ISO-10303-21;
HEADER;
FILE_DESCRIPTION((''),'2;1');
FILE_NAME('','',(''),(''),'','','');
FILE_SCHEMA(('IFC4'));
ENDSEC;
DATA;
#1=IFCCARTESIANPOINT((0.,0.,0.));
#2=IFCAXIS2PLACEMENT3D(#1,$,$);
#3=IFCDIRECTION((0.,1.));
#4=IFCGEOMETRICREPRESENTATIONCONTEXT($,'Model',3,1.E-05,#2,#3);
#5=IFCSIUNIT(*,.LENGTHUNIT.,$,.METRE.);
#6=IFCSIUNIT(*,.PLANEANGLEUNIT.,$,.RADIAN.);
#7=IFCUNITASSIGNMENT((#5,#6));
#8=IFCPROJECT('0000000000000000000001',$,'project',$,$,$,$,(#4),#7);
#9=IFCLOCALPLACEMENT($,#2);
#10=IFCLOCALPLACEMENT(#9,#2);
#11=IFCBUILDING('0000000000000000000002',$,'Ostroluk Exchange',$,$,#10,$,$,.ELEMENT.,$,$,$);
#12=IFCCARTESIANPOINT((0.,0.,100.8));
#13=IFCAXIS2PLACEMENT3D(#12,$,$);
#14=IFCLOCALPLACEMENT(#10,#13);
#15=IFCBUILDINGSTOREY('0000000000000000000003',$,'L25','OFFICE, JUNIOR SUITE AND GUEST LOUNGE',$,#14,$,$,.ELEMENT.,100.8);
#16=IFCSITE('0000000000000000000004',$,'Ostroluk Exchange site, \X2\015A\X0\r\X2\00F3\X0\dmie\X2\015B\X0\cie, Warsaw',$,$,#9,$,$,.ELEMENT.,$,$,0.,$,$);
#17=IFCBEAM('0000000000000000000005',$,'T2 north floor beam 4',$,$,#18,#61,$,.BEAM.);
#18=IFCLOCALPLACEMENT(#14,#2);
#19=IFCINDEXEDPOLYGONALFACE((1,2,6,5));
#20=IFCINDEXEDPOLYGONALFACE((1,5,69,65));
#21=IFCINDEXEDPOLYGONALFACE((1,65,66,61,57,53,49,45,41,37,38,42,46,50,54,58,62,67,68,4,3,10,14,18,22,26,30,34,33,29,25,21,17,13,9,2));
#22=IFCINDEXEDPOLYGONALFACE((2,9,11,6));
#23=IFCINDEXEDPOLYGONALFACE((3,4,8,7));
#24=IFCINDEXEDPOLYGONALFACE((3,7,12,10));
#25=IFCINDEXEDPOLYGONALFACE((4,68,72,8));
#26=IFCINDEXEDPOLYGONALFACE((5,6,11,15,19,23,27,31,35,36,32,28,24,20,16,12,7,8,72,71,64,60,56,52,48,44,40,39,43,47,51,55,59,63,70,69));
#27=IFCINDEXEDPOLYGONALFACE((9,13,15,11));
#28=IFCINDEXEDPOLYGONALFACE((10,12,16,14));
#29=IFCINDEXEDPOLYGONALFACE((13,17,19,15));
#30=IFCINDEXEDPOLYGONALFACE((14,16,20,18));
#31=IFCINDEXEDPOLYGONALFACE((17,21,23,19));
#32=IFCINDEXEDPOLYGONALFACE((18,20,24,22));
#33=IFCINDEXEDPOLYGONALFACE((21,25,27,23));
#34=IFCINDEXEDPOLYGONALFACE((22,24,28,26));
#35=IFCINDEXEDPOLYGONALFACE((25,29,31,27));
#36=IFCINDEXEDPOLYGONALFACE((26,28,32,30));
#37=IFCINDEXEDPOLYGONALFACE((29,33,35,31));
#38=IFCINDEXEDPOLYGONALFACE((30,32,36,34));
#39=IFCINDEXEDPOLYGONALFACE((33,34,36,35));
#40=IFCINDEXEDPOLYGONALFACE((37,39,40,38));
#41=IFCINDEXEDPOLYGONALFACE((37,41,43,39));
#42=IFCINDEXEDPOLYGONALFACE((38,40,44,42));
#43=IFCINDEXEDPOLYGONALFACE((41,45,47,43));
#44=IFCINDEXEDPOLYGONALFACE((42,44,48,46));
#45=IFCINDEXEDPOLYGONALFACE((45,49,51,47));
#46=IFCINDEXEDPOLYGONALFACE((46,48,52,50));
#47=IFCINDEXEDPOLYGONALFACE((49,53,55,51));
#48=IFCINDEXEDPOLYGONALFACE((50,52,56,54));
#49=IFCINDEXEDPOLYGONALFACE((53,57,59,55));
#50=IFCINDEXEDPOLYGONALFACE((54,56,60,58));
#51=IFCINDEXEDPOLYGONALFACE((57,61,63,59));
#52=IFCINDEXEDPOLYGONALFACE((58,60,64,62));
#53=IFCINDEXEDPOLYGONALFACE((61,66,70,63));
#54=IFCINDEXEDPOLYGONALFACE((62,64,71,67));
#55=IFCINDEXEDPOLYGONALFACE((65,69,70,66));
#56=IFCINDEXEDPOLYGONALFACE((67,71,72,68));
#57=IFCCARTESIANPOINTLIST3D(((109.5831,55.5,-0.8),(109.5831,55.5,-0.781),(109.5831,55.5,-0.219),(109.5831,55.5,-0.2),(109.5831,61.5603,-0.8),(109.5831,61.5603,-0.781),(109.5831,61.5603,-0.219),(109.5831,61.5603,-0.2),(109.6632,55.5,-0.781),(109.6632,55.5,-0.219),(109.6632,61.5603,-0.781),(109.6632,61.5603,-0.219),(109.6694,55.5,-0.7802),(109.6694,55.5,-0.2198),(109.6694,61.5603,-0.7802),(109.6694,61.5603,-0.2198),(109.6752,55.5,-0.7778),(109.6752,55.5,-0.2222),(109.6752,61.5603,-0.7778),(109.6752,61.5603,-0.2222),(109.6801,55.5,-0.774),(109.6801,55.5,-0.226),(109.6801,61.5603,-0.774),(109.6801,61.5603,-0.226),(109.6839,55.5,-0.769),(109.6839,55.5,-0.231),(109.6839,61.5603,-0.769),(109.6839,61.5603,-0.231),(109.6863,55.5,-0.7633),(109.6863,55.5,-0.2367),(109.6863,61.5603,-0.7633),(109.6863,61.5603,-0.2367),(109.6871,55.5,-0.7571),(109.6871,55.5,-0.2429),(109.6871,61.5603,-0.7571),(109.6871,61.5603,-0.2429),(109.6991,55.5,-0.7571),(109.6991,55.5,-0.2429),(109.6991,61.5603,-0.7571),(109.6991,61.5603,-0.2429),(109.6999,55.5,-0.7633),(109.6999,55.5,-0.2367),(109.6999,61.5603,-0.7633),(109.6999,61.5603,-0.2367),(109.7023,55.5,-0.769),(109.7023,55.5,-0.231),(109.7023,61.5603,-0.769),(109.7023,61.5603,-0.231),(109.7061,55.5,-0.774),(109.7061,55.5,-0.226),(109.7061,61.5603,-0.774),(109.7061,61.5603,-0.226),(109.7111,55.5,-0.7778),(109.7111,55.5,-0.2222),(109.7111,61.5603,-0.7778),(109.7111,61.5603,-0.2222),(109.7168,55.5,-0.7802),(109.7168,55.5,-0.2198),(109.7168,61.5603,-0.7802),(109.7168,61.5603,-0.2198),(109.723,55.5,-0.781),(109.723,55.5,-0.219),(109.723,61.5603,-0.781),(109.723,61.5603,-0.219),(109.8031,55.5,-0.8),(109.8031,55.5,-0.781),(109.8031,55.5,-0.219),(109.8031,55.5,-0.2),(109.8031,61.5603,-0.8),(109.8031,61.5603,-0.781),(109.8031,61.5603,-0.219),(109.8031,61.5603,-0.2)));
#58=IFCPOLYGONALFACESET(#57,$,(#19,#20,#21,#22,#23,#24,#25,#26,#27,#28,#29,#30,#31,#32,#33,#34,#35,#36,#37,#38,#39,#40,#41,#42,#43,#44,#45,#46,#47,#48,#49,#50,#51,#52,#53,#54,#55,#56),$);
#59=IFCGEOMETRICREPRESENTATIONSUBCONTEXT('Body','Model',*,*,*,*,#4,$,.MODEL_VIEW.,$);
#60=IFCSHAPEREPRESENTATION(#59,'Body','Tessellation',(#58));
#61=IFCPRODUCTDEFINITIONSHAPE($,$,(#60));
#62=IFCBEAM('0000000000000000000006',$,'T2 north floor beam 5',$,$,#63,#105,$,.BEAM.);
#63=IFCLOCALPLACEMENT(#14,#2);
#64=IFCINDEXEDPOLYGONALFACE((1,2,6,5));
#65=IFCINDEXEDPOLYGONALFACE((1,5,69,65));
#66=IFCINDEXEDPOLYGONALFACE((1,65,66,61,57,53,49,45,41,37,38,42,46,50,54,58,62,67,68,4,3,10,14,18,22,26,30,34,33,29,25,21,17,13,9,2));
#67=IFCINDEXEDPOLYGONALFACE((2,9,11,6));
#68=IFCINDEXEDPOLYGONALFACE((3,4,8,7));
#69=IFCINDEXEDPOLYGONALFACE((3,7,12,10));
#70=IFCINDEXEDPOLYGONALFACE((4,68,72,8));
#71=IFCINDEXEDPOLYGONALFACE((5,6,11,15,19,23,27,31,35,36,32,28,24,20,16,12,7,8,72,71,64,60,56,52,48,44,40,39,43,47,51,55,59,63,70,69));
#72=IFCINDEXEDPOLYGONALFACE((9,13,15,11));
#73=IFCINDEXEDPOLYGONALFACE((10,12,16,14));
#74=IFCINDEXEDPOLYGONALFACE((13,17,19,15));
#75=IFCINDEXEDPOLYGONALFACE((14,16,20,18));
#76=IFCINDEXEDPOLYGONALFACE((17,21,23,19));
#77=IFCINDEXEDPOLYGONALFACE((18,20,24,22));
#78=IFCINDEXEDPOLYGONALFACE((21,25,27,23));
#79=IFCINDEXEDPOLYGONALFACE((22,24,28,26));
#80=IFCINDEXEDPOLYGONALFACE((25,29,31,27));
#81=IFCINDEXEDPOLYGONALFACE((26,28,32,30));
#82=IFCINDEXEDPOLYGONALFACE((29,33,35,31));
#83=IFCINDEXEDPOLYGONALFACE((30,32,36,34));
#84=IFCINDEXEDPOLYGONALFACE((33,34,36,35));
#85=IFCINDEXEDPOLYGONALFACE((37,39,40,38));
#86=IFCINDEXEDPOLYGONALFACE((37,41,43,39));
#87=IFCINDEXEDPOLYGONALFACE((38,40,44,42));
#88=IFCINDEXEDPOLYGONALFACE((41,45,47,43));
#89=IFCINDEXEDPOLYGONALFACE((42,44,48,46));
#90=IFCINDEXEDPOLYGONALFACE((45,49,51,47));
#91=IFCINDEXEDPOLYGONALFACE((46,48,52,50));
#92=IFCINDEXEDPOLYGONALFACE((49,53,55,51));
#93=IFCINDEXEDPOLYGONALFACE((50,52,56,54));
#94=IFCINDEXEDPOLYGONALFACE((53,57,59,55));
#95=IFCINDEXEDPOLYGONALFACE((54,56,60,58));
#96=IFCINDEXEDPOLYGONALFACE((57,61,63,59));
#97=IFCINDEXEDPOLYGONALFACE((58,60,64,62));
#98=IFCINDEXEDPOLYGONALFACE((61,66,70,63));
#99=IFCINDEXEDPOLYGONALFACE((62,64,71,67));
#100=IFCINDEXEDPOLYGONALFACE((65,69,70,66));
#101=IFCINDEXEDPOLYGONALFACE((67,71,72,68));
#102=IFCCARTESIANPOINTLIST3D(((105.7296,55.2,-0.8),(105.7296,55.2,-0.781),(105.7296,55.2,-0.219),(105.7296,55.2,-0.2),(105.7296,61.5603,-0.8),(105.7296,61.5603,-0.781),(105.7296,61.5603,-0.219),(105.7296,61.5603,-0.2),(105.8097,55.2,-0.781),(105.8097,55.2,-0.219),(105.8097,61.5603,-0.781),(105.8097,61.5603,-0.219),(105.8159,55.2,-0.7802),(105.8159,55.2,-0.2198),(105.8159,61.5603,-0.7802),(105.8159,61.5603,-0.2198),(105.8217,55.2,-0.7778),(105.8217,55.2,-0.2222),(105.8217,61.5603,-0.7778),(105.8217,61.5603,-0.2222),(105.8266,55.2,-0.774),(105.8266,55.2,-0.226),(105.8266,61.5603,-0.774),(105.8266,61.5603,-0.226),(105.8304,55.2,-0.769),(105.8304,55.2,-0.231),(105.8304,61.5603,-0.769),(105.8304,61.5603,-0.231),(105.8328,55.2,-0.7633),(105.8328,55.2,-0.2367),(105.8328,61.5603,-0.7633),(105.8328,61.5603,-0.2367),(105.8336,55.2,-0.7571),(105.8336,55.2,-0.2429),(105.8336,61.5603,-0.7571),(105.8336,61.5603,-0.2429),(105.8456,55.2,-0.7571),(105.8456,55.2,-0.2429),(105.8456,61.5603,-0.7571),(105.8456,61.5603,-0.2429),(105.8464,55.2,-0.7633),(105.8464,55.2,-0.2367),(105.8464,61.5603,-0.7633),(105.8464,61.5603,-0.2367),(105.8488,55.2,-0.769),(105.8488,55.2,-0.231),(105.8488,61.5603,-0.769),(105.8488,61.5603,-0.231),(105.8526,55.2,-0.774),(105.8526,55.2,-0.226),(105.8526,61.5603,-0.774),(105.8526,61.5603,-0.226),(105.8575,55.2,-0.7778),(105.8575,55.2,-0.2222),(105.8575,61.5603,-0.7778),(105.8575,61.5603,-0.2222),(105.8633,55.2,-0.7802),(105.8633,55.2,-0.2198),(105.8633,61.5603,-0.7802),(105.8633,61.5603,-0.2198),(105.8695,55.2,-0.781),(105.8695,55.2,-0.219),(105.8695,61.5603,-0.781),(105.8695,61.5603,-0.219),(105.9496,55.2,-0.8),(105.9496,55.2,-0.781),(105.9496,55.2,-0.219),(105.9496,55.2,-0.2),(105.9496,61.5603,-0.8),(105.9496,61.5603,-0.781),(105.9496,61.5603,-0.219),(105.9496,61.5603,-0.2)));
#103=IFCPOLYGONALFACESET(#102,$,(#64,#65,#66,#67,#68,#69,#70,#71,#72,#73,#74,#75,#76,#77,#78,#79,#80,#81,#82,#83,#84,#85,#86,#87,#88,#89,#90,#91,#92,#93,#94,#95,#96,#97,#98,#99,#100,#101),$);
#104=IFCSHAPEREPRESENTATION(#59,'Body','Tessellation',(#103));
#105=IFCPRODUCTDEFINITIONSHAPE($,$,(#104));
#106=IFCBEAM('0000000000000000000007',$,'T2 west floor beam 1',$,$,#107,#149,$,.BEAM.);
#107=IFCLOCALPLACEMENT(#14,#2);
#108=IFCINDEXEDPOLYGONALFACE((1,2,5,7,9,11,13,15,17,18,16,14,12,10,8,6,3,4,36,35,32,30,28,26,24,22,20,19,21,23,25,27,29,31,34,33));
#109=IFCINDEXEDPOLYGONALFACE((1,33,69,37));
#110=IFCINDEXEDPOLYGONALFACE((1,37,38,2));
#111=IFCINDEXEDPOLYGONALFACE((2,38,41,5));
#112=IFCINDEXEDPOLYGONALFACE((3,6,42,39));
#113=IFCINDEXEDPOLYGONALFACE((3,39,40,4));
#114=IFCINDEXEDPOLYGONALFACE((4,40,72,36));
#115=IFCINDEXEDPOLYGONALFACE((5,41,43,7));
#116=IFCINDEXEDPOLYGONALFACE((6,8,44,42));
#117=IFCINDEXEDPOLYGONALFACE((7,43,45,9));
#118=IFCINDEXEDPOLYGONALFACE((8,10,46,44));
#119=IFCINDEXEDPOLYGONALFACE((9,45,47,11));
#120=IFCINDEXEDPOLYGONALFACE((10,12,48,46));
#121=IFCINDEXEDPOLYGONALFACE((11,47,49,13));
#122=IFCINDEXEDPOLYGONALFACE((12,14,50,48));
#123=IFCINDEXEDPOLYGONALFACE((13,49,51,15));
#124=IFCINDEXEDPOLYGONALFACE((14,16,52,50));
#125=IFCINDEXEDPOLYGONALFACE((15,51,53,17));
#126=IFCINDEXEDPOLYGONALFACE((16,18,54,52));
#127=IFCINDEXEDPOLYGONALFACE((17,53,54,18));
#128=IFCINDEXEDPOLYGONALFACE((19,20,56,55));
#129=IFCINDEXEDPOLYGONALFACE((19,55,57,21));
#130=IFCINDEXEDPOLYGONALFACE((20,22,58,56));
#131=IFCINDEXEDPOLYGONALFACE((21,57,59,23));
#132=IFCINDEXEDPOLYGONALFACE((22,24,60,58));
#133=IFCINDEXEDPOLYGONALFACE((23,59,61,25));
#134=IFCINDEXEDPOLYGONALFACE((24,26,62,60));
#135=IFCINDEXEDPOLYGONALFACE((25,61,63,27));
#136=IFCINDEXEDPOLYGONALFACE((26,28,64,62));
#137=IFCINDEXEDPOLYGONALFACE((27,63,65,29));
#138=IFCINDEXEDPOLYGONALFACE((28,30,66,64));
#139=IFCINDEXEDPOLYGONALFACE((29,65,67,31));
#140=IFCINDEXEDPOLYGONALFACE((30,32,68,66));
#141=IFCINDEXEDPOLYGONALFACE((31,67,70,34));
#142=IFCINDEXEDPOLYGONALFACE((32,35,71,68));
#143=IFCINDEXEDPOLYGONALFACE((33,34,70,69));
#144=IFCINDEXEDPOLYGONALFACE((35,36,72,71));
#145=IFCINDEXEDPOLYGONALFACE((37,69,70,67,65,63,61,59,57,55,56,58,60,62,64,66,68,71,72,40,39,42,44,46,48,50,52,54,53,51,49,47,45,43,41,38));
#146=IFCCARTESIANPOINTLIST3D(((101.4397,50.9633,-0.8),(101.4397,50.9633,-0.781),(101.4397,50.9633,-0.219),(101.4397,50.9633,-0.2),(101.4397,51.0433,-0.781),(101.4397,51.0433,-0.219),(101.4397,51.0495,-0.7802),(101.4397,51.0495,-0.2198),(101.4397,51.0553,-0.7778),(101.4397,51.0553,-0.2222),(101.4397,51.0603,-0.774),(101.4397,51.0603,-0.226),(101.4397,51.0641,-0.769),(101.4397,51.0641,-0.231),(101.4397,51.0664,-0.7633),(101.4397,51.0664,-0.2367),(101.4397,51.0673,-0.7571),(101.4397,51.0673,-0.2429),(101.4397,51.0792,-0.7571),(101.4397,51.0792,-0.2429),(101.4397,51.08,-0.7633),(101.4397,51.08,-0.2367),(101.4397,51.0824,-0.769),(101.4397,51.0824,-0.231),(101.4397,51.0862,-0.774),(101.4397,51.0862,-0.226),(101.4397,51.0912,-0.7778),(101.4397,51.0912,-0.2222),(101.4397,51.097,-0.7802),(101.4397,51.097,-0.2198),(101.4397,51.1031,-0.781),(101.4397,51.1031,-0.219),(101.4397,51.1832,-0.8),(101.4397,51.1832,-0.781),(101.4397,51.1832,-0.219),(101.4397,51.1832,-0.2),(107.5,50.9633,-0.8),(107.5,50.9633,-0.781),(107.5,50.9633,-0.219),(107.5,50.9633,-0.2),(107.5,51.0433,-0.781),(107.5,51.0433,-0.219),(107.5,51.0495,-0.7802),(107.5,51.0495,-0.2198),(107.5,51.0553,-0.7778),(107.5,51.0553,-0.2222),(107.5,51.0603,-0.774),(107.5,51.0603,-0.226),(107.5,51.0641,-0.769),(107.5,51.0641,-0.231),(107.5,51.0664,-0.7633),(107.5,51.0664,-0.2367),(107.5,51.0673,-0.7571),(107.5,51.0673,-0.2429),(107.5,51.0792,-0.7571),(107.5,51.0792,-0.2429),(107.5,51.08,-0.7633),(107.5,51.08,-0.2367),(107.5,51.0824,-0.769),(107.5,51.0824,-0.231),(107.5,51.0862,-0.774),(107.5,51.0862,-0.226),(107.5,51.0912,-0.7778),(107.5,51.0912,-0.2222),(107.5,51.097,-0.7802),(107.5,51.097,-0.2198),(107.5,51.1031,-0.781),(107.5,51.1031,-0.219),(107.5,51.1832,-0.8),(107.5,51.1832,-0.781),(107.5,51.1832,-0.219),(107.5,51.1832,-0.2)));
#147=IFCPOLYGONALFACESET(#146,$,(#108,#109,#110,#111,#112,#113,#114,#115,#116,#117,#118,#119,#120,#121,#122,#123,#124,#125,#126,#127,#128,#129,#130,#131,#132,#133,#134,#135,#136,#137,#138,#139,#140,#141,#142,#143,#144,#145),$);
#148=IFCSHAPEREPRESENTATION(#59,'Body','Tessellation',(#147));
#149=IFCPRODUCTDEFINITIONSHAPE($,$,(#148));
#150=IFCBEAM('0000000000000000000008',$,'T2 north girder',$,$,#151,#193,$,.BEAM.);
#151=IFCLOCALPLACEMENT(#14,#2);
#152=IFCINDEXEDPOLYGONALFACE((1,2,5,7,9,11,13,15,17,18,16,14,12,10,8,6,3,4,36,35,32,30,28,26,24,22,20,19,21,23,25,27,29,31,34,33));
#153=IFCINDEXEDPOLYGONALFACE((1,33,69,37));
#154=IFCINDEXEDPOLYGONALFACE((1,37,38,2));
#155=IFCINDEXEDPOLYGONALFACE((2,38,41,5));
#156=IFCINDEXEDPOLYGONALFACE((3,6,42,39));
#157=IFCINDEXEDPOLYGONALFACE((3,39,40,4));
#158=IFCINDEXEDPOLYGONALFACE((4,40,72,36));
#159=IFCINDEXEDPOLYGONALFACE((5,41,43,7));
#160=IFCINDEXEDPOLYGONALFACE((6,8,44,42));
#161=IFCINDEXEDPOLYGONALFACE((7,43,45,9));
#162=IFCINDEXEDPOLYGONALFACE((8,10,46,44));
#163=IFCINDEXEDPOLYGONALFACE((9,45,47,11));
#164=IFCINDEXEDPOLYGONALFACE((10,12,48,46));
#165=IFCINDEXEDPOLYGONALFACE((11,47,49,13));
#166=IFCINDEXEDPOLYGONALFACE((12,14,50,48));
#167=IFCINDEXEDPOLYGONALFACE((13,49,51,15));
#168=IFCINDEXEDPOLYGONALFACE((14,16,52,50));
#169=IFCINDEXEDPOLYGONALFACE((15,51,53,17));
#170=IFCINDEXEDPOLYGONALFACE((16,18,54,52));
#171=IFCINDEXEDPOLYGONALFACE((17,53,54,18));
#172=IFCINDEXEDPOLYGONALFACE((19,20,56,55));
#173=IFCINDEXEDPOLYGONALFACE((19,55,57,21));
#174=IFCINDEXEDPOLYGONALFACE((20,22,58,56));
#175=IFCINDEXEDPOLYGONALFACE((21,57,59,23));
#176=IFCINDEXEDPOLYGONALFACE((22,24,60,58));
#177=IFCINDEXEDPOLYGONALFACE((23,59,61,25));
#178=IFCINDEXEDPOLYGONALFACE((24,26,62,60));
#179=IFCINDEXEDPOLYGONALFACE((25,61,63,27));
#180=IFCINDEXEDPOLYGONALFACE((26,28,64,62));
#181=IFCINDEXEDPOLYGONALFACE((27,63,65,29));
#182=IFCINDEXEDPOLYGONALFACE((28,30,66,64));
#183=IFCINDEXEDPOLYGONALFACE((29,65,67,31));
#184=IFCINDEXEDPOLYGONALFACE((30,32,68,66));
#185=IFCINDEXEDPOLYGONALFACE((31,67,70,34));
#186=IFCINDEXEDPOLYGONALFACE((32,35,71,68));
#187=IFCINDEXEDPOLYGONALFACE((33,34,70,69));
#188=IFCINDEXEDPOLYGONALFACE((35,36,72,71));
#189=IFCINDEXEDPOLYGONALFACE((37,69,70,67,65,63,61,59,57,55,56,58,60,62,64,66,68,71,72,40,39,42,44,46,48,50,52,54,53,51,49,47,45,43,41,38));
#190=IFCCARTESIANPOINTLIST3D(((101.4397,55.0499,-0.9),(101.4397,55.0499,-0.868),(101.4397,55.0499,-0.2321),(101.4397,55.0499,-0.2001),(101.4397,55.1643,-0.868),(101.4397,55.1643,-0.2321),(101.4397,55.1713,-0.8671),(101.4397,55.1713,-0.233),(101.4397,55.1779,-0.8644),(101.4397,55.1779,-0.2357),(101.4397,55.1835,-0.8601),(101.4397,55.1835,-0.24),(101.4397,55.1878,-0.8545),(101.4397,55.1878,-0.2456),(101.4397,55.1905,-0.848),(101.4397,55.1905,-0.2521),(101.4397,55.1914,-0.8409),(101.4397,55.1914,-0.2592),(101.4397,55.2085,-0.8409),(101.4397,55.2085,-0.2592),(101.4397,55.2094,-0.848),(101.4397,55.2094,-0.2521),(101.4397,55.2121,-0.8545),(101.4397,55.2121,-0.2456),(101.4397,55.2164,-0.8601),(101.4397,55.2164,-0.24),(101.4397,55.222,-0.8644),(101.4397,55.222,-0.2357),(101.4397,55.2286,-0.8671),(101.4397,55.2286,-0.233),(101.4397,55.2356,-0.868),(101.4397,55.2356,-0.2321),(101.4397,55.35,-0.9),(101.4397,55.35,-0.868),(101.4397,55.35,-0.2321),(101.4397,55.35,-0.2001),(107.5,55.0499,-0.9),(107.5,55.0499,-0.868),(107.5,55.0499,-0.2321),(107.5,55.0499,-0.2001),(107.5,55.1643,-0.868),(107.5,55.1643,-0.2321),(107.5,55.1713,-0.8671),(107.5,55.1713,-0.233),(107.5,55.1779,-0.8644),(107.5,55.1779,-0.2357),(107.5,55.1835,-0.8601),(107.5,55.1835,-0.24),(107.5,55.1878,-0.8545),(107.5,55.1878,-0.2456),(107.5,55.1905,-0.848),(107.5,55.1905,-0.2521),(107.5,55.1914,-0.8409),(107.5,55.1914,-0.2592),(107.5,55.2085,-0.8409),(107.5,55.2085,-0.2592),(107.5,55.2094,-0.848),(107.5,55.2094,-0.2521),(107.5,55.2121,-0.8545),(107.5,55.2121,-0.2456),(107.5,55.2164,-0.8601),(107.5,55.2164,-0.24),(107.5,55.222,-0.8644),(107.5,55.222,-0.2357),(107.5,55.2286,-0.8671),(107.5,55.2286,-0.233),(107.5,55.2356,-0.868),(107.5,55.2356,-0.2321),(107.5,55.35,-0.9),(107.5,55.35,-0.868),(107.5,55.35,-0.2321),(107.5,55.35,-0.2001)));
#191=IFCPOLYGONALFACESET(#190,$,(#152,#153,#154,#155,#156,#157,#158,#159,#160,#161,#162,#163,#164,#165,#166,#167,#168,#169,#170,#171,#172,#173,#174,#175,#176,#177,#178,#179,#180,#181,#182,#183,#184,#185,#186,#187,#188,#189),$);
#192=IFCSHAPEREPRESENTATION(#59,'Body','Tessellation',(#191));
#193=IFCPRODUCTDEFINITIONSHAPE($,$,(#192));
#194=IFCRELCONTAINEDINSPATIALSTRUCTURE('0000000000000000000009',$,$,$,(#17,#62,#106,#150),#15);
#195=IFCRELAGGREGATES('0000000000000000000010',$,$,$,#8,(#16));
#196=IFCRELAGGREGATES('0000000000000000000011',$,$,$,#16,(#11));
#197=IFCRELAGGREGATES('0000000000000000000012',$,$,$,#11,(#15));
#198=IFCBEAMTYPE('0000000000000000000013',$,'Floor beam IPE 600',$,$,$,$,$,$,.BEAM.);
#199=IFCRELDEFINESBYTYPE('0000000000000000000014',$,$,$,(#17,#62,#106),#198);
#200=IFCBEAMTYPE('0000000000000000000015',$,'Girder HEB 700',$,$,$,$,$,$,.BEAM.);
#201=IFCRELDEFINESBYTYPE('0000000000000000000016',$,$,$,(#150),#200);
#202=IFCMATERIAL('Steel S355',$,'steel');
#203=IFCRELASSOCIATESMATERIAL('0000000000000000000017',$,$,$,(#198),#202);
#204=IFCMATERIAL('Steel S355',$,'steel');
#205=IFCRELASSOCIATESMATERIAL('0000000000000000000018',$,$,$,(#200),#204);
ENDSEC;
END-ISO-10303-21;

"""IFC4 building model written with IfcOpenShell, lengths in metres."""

from ifc_helpers import new_model, si_unit, direction, frame, origin, origin_2d, place, context, subcontext, project, spatial, i_section, extrude, material, material_profile, profile_set, type_object, element, save


model = new_model("IFC4")

# Units and contexts
model_context = context("Model", 3, precision=1e-05, world=origin(), true_north=direction((0.0, 1.0)))
body_context = subcontext(model_context, "Body", "Model", "MODEL_VIEW")
ifc_project = project(units=[si_unit("LENGTHUNIT", "METRE"), si_unit("PLANEANGLEUNIT", "RADIAN")], contexts=[model_context])

# Site, building, storey
site_placement = place(None, origin())
site = spatial("IfcSite", under=ifc_project, at=site_placement, Name="Ostroluk Exchange site, Śródmieście, Warsaw", CompositionType="ELEMENT", RefElevation=0.0)
building_placement = place(site_placement, origin())
building = spatial("IfcBuilding", under=site, at=building_placement, Name="Ostroluk Exchange", CompositionType="ELEMENT")
storey_placement = place(building_placement, frame((0.0, 0.0, 100.8)))
storey = spatial("IfcBuildingStorey", under=building, at=storey_placement, Name="L25", Description="OFFICE, JUNIOR SUITE AND GUEST LOUNGE", CompositionType="ELEMENT", Elevation=100.8)

# Beams
ifc_material_1 = material(Name="Steel S355", Category="steel")
ifc_material_profile_1 = material_profile(ifc_material_1, i_section(OverallWidth=0.22, OverallDepth=0.6001, WebThickness=0.012, FlangeThickness=0.019, FilletRadius=0.0239, at=origin_2d()), Name="IPE 600")
ifc_profile_set_1 = profile_set([ifc_material_profile_1], Name="Steel S355")
beam_type_1 = type_object("IfcBeamType", Name="Floor beam IPE 600", PredefinedType="BEAM", material=ifc_profile_set_1)
beam_1_placement = place(storey_placement, frame((109.6931, 55.5, -0.5), z_axis=(0.0, 1.0, 0.0), x_axis=(-1.0, 0.0, 0.0)))
element("IfcBeam", 1, at=beam_1_placement, inside=storey, type_object=beam_type_1, Name="T2 north floor beam 4", PredefinedType="BEAM", context=body_context, shape_type="SweptSolid", body=[
    extrude(i_section(OverallWidth=0.22, OverallDepth=0.6001, WebThickness=0.012, FlangeThickness=0.019, FilletRadius=0.0239, at=origin_2d()), origin(), (0.0, 0.0, 1.0), 6.0603),
])
beam_2_placement = place(storey_placement, frame((105.8396, 55.2, -0.5), z_axis=(0.0, 1.0, 0.0), x_axis=(-1.0, 0.0, 0.0)))
element("IfcBeam", 2, at=beam_2_placement, inside=storey, type_object=beam_type_1, Name="T2 north floor beam 5", PredefinedType="BEAM", context=body_context, shape_type="SweptSolid", body=[
    extrude(i_section(OverallWidth=0.22, OverallDepth=0.6001, WebThickness=0.012, FlangeThickness=0.019, FilletRadius=0.0239, at=origin_2d()), origin(), (0.0, 0.0, 1.0), 6.3604),
])
beam_3_placement = place(storey_placement, frame((107.5, 51.0732, -0.5), z_axis=(-1.0, 0.0, 0.0), x_axis=(0.0, -1.0, 0.0)))
element("IfcBeam", 3, at=beam_3_placement, inside=storey, type_object=beam_type_1, Name="T2 west floor beam 1", PredefinedType="BEAM", context=body_context, shape_type="SweptSolid", body=[
    extrude(i_section(OverallWidth=0.22, OverallDepth=0.6001, WebThickness=0.012, FlangeThickness=0.019, FilletRadius=0.0239, at=origin_2d()), origin(), (0.0, 0.0, 1.0), 6.0603),
])
ifc_material_2 = material(Name="Steel S355", Category="steel")
ifc_material_profile_2 = material_profile(ifc_material_2, i_section(OverallWidth=0.3, OverallDepth=0.7, WebThickness=0.0171, FlangeThickness=0.032, FilletRadius=0.0271, at=origin_2d()), Name="HEB 700")
ifc_profile_set_2 = profile_set([ifc_material_profile_2], Name="Steel S355")
beam_type_2 = type_object("IfcBeamType", Name="Girder HEB 700", PredefinedType="BEAM", material=ifc_profile_set_2)
beam_4_placement = place(storey_placement, frame((107.5, 55.2, -0.55), z_axis=(-1.0, 0.0, 0.0), x_axis=(0.0, -1.0, 0.0)))
element("IfcBeam", 4, at=beam_4_placement, inside=storey, type_object=beam_type_2, Name="T2 north girder", PredefinedType="BEAM", context=body_context, shape_type="SweptSolid", body=[
    extrude(i_section(OverallWidth=0.3, OverallDepth=0.7, WebThickness=0.0171, FlangeThickness=0.032, FilletRadius=0.0271, at=origin_2d()), origin(), (0.0, 0.0, 1.0), 6.0603),
])

save(model, "model.ifc")
